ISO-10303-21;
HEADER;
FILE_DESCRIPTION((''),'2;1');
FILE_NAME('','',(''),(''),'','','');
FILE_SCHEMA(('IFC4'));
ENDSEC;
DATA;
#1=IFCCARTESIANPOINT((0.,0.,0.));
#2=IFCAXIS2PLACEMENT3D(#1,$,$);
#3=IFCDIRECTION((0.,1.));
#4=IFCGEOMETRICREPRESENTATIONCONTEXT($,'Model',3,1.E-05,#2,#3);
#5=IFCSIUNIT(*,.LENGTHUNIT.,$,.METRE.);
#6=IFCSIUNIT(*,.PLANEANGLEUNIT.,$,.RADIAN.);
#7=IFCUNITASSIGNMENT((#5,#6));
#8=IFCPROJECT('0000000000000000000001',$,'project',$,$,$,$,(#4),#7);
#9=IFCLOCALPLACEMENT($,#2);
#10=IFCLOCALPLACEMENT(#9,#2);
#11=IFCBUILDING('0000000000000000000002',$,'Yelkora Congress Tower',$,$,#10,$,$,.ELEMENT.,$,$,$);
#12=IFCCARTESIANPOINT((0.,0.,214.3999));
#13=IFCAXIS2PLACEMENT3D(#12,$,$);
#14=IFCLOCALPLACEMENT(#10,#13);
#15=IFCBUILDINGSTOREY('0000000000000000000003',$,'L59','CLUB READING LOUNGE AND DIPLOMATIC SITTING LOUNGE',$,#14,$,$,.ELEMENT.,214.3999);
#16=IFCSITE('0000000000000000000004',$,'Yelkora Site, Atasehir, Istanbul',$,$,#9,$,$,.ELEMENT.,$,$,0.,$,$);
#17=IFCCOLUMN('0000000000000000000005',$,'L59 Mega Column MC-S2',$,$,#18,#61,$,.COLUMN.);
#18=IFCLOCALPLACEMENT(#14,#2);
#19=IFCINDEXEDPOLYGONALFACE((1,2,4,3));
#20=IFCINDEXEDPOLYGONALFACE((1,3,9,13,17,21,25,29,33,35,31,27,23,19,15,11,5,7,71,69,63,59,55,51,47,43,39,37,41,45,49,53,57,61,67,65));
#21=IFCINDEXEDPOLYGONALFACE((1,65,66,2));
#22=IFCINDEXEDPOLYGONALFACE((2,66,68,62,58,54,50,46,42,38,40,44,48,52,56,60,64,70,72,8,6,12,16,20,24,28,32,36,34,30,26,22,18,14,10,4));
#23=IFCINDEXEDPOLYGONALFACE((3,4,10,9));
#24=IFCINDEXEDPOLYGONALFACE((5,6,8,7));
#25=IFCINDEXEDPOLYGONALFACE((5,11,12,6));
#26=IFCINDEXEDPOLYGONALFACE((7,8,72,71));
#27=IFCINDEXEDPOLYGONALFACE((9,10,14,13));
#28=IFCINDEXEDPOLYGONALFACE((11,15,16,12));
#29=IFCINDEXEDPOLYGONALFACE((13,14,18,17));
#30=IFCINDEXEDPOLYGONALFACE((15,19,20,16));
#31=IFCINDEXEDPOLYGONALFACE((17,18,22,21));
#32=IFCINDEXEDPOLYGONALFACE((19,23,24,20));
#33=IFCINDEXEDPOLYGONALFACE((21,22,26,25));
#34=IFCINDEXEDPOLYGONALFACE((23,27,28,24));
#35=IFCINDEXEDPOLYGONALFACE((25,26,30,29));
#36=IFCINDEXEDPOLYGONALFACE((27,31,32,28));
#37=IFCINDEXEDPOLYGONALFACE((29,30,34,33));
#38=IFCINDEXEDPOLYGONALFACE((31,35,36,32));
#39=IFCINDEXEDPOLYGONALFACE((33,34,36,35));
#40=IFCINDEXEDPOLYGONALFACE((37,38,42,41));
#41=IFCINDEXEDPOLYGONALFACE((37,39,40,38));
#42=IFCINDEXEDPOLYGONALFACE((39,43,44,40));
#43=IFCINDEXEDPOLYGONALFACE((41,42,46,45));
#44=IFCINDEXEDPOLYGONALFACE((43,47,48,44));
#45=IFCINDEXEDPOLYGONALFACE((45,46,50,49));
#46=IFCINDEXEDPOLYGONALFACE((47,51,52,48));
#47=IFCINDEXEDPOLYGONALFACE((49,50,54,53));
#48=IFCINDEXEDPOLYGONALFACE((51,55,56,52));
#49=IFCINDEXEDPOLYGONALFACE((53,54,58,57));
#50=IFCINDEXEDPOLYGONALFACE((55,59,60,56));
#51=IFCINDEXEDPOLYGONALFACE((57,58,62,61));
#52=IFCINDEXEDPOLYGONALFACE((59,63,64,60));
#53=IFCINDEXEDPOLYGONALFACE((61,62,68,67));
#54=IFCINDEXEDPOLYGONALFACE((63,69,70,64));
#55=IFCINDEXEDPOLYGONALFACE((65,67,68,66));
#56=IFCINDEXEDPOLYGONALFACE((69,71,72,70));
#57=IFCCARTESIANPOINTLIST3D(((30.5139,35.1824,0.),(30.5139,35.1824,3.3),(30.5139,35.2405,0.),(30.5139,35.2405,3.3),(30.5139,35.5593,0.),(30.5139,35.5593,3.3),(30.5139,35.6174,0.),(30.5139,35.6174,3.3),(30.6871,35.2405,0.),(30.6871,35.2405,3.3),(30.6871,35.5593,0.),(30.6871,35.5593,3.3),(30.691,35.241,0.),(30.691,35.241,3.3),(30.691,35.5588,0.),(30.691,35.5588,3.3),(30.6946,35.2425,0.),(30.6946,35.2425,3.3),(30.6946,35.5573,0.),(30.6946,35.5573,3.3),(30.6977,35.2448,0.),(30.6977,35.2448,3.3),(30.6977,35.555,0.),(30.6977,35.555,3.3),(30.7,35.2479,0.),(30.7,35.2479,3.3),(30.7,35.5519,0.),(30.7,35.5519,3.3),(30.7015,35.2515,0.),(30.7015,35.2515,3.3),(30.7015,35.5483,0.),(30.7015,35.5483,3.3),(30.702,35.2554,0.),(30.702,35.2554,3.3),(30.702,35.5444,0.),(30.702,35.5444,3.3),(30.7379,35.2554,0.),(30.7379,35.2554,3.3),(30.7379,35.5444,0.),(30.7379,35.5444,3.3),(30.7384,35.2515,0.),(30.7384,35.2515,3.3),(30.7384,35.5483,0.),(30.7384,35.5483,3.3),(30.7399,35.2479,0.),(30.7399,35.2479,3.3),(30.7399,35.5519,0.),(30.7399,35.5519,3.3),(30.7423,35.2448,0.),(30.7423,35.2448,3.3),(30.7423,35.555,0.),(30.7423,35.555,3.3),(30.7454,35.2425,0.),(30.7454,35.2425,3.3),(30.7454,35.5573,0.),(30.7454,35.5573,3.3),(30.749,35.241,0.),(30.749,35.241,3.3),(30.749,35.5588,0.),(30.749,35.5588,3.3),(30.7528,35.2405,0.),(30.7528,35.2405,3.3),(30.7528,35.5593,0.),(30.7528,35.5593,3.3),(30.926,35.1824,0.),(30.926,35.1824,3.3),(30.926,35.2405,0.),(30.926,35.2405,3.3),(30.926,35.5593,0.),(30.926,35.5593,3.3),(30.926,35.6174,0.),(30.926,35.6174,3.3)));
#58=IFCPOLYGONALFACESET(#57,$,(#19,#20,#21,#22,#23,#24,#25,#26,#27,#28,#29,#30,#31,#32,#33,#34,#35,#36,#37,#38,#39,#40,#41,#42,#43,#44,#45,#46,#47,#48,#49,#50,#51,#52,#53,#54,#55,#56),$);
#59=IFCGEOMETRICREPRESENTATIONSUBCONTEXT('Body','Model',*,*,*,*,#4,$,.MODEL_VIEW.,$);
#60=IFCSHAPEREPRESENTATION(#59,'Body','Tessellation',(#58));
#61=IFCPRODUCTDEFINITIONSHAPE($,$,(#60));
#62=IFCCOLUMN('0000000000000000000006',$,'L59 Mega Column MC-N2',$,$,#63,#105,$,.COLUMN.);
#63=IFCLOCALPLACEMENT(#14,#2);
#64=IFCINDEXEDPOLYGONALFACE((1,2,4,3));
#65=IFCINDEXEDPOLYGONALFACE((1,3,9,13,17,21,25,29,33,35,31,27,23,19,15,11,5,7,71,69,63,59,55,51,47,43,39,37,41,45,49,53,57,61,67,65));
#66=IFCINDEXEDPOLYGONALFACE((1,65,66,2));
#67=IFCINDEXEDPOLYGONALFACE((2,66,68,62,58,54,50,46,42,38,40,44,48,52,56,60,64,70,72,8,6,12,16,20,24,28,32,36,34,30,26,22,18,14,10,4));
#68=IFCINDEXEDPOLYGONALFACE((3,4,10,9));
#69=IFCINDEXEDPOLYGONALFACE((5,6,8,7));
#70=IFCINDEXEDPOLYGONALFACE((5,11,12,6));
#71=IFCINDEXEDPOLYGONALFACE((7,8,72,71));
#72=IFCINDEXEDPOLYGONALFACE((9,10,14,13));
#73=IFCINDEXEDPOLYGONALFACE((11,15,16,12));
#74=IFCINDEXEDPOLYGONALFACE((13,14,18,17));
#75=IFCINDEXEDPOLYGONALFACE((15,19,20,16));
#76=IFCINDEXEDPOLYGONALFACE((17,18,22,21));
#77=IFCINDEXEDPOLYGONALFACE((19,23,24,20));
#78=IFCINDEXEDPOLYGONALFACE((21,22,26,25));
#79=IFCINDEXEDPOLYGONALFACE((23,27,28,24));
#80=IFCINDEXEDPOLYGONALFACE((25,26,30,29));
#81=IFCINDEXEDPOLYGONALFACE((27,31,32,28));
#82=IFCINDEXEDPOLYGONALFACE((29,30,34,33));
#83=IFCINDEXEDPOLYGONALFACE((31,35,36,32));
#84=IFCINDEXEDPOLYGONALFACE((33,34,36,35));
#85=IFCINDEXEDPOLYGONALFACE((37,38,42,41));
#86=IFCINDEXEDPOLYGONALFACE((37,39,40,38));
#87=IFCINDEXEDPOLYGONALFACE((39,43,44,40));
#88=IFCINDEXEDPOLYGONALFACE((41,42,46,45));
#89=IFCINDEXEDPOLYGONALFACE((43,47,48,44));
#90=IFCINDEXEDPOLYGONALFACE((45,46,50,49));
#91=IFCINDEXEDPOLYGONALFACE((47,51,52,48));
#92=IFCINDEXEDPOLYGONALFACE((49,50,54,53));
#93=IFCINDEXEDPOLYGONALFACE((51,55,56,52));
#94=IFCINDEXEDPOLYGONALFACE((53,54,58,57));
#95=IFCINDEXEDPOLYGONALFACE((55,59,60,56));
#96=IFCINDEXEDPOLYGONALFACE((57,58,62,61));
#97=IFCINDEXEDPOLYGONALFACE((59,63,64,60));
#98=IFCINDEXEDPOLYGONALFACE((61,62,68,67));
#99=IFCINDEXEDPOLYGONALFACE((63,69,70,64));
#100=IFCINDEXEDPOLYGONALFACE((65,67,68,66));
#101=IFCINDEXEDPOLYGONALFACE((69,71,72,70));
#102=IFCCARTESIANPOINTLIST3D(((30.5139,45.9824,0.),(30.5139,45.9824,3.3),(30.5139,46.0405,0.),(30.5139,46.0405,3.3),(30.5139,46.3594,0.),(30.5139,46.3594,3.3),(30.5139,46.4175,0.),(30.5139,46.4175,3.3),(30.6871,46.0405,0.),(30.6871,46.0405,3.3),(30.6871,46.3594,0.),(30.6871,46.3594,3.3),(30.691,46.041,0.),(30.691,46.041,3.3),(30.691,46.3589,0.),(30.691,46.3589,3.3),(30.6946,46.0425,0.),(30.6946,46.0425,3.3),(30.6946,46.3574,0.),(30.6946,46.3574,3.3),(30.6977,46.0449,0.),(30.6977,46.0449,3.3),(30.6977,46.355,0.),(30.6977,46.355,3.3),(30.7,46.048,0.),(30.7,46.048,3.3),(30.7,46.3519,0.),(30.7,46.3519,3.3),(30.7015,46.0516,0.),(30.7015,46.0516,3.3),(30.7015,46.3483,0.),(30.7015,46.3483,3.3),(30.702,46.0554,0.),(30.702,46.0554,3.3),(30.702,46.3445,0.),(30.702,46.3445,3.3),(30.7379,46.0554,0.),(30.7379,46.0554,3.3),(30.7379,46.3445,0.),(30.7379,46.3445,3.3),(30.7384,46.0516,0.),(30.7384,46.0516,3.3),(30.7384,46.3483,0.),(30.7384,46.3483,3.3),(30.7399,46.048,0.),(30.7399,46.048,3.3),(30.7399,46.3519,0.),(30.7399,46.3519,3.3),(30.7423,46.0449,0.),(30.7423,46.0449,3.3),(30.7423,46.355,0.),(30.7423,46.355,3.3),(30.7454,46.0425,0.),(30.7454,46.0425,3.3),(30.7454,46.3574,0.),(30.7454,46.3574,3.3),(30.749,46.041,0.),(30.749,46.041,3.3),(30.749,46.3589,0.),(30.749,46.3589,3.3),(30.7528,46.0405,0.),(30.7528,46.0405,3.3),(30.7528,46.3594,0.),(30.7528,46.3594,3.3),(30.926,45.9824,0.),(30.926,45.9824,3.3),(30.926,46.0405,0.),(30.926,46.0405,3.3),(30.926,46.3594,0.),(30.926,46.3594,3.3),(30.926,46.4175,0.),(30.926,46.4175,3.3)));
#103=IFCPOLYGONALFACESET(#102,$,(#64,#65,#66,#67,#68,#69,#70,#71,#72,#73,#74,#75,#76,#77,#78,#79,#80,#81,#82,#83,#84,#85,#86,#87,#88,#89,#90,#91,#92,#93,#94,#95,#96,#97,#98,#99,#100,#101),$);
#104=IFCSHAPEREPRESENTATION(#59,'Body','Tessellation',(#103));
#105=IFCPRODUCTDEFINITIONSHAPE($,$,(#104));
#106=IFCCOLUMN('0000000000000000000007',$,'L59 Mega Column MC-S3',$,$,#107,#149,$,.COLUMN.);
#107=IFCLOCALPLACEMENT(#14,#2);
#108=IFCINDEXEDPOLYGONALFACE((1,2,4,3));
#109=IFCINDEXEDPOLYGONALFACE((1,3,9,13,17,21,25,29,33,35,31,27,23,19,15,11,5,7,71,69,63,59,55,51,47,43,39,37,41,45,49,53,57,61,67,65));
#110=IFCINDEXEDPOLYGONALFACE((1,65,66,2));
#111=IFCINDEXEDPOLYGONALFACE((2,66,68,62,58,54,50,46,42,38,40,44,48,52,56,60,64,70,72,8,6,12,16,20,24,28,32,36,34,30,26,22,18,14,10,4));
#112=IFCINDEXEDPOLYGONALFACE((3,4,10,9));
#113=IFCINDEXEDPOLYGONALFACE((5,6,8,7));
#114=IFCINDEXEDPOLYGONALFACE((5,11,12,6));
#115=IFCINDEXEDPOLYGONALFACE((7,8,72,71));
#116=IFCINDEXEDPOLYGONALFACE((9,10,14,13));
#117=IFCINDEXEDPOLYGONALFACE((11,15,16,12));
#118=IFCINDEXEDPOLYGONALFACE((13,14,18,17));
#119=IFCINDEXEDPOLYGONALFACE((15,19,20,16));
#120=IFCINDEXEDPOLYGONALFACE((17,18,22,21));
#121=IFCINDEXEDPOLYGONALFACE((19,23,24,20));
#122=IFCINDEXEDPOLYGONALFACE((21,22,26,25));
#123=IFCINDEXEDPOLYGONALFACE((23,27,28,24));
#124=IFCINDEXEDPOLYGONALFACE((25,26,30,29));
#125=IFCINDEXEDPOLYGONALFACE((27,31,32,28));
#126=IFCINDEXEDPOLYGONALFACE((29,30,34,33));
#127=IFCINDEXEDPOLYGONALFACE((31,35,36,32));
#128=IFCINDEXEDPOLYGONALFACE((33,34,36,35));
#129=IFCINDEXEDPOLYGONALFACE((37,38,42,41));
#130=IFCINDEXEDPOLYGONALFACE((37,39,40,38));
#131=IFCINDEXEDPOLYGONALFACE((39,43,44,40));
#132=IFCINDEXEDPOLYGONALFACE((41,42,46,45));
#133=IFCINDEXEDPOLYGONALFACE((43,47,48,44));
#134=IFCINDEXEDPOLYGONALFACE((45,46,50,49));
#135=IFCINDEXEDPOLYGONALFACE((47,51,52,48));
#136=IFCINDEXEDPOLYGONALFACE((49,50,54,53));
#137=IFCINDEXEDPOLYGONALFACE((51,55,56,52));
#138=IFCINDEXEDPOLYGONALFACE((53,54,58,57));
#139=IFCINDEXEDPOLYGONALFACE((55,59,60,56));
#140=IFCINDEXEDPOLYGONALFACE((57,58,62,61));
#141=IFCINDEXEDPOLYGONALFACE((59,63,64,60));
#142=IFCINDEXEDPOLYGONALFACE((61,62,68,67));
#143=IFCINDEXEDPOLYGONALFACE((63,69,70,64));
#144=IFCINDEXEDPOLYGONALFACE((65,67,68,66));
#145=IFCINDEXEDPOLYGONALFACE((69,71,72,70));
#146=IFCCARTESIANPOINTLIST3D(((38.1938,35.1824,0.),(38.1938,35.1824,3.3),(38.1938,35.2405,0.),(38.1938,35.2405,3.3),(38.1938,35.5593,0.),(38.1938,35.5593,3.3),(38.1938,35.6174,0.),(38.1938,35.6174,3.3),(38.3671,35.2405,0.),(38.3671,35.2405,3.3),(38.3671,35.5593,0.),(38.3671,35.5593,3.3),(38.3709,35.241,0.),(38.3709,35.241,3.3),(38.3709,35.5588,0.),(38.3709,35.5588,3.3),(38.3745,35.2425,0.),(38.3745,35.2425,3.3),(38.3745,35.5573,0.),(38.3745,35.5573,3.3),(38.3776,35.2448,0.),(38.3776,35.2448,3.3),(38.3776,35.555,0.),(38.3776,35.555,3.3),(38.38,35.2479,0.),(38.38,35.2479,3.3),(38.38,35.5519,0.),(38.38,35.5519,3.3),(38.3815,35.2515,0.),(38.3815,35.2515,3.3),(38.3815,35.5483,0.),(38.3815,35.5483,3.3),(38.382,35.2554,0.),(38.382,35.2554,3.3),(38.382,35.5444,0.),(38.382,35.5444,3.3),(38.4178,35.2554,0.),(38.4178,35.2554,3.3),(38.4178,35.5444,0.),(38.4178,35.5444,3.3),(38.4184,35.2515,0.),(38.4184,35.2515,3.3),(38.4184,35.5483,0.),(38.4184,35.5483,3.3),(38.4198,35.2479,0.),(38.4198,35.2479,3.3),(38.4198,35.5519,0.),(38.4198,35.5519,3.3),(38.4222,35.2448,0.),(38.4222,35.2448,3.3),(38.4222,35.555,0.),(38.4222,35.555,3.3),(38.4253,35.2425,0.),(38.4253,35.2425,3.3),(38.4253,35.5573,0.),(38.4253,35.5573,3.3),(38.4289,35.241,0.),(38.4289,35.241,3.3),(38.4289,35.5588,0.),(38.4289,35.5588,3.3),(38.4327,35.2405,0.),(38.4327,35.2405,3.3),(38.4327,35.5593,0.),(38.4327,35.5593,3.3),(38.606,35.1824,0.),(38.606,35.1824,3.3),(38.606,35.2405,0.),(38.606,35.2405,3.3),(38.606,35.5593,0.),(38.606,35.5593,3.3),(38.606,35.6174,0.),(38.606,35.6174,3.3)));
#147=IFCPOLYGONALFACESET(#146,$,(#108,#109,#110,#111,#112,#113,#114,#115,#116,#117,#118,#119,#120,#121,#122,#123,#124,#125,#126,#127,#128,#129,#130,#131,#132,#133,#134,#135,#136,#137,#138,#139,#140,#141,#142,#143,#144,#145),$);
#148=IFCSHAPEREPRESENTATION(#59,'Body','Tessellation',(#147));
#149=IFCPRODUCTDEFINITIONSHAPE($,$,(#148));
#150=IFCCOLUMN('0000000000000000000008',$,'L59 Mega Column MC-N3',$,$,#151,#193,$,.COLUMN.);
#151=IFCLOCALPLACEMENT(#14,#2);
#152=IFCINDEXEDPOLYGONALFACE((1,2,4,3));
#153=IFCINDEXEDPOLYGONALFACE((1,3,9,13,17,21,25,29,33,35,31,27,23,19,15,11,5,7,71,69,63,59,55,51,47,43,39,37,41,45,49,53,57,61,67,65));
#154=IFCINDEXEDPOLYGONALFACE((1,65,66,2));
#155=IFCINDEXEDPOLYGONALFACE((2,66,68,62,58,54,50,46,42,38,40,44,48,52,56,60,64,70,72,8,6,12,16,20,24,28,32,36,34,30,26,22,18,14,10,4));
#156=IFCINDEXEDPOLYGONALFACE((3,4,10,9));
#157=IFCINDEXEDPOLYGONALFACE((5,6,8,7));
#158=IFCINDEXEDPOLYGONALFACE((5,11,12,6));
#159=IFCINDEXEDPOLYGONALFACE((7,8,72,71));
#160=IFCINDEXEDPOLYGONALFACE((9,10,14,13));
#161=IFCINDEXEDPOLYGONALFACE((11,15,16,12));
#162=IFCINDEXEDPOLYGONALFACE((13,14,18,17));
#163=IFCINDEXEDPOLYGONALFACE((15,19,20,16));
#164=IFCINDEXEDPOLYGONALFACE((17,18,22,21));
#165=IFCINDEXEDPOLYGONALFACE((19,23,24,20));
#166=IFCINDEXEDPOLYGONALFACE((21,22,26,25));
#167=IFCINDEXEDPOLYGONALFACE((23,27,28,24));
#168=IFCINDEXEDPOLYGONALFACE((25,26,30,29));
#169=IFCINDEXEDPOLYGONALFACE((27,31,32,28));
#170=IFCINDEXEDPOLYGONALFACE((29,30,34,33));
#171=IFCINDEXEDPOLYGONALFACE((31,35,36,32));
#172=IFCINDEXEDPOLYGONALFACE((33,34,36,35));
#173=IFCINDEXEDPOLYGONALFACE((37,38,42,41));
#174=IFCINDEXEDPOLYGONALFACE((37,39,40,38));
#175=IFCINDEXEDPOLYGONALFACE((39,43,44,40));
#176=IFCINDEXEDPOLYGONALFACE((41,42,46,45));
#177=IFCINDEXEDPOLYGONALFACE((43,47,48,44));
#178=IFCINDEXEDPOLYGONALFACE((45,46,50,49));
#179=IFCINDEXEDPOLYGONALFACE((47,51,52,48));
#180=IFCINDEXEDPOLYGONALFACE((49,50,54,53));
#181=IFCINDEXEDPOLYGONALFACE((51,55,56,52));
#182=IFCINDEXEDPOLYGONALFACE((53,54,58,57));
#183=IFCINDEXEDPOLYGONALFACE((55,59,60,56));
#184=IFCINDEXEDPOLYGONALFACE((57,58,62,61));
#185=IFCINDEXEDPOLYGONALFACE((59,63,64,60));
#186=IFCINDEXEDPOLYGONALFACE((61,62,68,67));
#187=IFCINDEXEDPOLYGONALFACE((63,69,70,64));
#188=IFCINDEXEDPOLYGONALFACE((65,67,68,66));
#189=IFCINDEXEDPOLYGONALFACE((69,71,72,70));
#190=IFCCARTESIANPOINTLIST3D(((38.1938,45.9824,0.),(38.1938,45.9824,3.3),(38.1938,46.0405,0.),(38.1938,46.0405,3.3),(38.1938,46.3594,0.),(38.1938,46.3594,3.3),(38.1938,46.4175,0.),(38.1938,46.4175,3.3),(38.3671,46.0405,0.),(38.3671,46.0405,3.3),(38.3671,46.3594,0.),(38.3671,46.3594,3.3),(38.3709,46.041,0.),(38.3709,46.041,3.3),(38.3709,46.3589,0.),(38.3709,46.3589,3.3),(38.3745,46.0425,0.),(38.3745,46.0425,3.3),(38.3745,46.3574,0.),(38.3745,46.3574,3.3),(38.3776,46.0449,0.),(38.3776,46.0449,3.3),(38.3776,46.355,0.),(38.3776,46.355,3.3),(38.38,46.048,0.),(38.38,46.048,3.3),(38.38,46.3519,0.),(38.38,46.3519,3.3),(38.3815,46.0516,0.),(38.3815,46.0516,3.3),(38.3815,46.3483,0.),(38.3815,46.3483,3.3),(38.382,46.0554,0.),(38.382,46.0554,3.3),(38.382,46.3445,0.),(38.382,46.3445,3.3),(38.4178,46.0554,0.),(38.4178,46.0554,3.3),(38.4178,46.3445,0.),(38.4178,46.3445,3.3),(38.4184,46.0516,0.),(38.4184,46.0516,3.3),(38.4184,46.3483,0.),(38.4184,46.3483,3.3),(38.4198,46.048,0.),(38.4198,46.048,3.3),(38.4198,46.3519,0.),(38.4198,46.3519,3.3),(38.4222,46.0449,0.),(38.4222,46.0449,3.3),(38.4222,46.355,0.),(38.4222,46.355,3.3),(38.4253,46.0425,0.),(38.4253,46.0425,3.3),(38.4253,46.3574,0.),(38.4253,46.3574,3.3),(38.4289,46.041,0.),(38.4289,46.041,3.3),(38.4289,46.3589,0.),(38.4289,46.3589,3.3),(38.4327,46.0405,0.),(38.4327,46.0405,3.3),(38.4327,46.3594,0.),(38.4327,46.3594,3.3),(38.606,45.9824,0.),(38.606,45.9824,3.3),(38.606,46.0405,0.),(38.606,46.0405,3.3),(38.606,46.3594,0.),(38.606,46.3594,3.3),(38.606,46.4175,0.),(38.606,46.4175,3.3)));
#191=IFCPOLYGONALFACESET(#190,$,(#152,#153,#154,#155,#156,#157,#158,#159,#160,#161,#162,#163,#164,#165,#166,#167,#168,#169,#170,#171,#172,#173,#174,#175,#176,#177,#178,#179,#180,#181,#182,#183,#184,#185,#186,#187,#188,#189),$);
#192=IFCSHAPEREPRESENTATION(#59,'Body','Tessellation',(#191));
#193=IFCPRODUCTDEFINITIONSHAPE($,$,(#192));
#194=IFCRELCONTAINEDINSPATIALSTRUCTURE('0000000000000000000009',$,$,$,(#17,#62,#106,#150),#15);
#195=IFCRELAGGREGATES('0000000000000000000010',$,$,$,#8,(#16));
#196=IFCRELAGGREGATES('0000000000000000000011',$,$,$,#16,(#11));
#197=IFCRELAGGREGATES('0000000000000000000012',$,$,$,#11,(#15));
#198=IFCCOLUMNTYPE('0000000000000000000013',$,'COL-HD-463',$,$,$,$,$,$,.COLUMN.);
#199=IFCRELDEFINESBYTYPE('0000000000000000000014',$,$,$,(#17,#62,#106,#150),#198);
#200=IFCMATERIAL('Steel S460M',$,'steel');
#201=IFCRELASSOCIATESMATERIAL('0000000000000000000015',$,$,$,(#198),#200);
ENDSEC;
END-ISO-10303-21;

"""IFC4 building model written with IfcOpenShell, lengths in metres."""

from ifc_helpers import new_model, si_unit, direction, frame, origin, origin_2d, place, context, subcontext, project, spatial, i_section, extrude, material, material_profile, profile_set, type_object, element, save


model = new_model("IFC4")

# Units and contexts
model_context = context("Model", 3, precision=1e-05, world=origin(), true_north=direction((0.0, 1.0)))
body_context = subcontext(model_context, "Body", "Model", "MODEL_VIEW")
ifc_project = project(units=[si_unit("LENGTHUNIT", "METRE"), si_unit("PLANEANGLEUNIT", "RADIAN")], contexts=[model_context])

# Site, building, storey
site_placement = place(None, origin())
site = spatial("IfcSite", under=ifc_project, at=site_placement, Name="Yelkora Site, Atasehir, Istanbul", CompositionType="ELEMENT", RefElevation=0.0)
building_placement = place(site_placement, origin())
building = spatial("IfcBuilding", under=site, at=building_placement, Name="Yelkora Congress Tower", CompositionType="ELEMENT")
storey_placement = place(building_placement, frame((0.0, 0.0, 214.3999)))
storey = spatial("IfcBuildingStorey", under=building, at=storey_placement, Name="L59", Description="CLUB READING LOUNGE AND DIPLOMATIC SITTING LOUNGE", CompositionType="ELEMENT", Elevation=214.3999)

# Columns
ifc_material_1 = material(Name="Steel S460M", Category="steel")
ifc_material_profile_1 = material_profile(ifc_material_1, i_section(OverallWidth=0.4121, OverallDepth=0.4351, WebThickness=0.0359, FlangeThickness=0.0581, FilletRadius=0.0149, at=origin_2d()), Name="HD 400x463")
ifc_profile_set_1 = profile_set([ifc_material_profile_1], Name="Steel S460M")
column_type = type_object("IfcColumnType", Name="COL-HD-463", PredefinedType="COLUMN", material=ifc_profile_set_1)
for number, where, z_axis, x_axis, name in (
    (1, (30.72, 35.3999, 0.0), (0.0, 0.0, 1.0), (1.0, 0.0, 0.0), "L59 Mega Column MC-S2"),
    (2, (30.72, 46.2, 0.0), (0.0, 0.0, 1.0), (1.0, 0.0, 0.0), "L59 Mega Column MC-N2"),
    (3, (38.3999, 35.3999, 0.0), (0.0, 0.0, 1.0), (1.0, 0.0, 0.0), "L59 Mega Column MC-S3"),
    (4, (38.3999, 46.2, 0.0), (0.0, 0.0, 1.0), (1.0, 0.0, 0.0), "L59 Mega Column MC-N3"),
):
    element("IfcColumn", number, at=place(storey_placement, frame(where, z_axis=z_axis, x_axis=x_axis)), inside=storey, type_object=column_type, Name=name, PredefinedType="COLUMN", context=body_context, shape_type="SweptSolid", body=[
        extrude(i_section(OverallWidth=0.4121, OverallDepth=0.4351, WebThickness=0.0359, FlangeThickness=0.0581, FilletRadius=0.0149, at=origin_2d()), origin(), (0.0, 0.0, 1.0), 3.3),
    ])

save(model, "model.ifc")
